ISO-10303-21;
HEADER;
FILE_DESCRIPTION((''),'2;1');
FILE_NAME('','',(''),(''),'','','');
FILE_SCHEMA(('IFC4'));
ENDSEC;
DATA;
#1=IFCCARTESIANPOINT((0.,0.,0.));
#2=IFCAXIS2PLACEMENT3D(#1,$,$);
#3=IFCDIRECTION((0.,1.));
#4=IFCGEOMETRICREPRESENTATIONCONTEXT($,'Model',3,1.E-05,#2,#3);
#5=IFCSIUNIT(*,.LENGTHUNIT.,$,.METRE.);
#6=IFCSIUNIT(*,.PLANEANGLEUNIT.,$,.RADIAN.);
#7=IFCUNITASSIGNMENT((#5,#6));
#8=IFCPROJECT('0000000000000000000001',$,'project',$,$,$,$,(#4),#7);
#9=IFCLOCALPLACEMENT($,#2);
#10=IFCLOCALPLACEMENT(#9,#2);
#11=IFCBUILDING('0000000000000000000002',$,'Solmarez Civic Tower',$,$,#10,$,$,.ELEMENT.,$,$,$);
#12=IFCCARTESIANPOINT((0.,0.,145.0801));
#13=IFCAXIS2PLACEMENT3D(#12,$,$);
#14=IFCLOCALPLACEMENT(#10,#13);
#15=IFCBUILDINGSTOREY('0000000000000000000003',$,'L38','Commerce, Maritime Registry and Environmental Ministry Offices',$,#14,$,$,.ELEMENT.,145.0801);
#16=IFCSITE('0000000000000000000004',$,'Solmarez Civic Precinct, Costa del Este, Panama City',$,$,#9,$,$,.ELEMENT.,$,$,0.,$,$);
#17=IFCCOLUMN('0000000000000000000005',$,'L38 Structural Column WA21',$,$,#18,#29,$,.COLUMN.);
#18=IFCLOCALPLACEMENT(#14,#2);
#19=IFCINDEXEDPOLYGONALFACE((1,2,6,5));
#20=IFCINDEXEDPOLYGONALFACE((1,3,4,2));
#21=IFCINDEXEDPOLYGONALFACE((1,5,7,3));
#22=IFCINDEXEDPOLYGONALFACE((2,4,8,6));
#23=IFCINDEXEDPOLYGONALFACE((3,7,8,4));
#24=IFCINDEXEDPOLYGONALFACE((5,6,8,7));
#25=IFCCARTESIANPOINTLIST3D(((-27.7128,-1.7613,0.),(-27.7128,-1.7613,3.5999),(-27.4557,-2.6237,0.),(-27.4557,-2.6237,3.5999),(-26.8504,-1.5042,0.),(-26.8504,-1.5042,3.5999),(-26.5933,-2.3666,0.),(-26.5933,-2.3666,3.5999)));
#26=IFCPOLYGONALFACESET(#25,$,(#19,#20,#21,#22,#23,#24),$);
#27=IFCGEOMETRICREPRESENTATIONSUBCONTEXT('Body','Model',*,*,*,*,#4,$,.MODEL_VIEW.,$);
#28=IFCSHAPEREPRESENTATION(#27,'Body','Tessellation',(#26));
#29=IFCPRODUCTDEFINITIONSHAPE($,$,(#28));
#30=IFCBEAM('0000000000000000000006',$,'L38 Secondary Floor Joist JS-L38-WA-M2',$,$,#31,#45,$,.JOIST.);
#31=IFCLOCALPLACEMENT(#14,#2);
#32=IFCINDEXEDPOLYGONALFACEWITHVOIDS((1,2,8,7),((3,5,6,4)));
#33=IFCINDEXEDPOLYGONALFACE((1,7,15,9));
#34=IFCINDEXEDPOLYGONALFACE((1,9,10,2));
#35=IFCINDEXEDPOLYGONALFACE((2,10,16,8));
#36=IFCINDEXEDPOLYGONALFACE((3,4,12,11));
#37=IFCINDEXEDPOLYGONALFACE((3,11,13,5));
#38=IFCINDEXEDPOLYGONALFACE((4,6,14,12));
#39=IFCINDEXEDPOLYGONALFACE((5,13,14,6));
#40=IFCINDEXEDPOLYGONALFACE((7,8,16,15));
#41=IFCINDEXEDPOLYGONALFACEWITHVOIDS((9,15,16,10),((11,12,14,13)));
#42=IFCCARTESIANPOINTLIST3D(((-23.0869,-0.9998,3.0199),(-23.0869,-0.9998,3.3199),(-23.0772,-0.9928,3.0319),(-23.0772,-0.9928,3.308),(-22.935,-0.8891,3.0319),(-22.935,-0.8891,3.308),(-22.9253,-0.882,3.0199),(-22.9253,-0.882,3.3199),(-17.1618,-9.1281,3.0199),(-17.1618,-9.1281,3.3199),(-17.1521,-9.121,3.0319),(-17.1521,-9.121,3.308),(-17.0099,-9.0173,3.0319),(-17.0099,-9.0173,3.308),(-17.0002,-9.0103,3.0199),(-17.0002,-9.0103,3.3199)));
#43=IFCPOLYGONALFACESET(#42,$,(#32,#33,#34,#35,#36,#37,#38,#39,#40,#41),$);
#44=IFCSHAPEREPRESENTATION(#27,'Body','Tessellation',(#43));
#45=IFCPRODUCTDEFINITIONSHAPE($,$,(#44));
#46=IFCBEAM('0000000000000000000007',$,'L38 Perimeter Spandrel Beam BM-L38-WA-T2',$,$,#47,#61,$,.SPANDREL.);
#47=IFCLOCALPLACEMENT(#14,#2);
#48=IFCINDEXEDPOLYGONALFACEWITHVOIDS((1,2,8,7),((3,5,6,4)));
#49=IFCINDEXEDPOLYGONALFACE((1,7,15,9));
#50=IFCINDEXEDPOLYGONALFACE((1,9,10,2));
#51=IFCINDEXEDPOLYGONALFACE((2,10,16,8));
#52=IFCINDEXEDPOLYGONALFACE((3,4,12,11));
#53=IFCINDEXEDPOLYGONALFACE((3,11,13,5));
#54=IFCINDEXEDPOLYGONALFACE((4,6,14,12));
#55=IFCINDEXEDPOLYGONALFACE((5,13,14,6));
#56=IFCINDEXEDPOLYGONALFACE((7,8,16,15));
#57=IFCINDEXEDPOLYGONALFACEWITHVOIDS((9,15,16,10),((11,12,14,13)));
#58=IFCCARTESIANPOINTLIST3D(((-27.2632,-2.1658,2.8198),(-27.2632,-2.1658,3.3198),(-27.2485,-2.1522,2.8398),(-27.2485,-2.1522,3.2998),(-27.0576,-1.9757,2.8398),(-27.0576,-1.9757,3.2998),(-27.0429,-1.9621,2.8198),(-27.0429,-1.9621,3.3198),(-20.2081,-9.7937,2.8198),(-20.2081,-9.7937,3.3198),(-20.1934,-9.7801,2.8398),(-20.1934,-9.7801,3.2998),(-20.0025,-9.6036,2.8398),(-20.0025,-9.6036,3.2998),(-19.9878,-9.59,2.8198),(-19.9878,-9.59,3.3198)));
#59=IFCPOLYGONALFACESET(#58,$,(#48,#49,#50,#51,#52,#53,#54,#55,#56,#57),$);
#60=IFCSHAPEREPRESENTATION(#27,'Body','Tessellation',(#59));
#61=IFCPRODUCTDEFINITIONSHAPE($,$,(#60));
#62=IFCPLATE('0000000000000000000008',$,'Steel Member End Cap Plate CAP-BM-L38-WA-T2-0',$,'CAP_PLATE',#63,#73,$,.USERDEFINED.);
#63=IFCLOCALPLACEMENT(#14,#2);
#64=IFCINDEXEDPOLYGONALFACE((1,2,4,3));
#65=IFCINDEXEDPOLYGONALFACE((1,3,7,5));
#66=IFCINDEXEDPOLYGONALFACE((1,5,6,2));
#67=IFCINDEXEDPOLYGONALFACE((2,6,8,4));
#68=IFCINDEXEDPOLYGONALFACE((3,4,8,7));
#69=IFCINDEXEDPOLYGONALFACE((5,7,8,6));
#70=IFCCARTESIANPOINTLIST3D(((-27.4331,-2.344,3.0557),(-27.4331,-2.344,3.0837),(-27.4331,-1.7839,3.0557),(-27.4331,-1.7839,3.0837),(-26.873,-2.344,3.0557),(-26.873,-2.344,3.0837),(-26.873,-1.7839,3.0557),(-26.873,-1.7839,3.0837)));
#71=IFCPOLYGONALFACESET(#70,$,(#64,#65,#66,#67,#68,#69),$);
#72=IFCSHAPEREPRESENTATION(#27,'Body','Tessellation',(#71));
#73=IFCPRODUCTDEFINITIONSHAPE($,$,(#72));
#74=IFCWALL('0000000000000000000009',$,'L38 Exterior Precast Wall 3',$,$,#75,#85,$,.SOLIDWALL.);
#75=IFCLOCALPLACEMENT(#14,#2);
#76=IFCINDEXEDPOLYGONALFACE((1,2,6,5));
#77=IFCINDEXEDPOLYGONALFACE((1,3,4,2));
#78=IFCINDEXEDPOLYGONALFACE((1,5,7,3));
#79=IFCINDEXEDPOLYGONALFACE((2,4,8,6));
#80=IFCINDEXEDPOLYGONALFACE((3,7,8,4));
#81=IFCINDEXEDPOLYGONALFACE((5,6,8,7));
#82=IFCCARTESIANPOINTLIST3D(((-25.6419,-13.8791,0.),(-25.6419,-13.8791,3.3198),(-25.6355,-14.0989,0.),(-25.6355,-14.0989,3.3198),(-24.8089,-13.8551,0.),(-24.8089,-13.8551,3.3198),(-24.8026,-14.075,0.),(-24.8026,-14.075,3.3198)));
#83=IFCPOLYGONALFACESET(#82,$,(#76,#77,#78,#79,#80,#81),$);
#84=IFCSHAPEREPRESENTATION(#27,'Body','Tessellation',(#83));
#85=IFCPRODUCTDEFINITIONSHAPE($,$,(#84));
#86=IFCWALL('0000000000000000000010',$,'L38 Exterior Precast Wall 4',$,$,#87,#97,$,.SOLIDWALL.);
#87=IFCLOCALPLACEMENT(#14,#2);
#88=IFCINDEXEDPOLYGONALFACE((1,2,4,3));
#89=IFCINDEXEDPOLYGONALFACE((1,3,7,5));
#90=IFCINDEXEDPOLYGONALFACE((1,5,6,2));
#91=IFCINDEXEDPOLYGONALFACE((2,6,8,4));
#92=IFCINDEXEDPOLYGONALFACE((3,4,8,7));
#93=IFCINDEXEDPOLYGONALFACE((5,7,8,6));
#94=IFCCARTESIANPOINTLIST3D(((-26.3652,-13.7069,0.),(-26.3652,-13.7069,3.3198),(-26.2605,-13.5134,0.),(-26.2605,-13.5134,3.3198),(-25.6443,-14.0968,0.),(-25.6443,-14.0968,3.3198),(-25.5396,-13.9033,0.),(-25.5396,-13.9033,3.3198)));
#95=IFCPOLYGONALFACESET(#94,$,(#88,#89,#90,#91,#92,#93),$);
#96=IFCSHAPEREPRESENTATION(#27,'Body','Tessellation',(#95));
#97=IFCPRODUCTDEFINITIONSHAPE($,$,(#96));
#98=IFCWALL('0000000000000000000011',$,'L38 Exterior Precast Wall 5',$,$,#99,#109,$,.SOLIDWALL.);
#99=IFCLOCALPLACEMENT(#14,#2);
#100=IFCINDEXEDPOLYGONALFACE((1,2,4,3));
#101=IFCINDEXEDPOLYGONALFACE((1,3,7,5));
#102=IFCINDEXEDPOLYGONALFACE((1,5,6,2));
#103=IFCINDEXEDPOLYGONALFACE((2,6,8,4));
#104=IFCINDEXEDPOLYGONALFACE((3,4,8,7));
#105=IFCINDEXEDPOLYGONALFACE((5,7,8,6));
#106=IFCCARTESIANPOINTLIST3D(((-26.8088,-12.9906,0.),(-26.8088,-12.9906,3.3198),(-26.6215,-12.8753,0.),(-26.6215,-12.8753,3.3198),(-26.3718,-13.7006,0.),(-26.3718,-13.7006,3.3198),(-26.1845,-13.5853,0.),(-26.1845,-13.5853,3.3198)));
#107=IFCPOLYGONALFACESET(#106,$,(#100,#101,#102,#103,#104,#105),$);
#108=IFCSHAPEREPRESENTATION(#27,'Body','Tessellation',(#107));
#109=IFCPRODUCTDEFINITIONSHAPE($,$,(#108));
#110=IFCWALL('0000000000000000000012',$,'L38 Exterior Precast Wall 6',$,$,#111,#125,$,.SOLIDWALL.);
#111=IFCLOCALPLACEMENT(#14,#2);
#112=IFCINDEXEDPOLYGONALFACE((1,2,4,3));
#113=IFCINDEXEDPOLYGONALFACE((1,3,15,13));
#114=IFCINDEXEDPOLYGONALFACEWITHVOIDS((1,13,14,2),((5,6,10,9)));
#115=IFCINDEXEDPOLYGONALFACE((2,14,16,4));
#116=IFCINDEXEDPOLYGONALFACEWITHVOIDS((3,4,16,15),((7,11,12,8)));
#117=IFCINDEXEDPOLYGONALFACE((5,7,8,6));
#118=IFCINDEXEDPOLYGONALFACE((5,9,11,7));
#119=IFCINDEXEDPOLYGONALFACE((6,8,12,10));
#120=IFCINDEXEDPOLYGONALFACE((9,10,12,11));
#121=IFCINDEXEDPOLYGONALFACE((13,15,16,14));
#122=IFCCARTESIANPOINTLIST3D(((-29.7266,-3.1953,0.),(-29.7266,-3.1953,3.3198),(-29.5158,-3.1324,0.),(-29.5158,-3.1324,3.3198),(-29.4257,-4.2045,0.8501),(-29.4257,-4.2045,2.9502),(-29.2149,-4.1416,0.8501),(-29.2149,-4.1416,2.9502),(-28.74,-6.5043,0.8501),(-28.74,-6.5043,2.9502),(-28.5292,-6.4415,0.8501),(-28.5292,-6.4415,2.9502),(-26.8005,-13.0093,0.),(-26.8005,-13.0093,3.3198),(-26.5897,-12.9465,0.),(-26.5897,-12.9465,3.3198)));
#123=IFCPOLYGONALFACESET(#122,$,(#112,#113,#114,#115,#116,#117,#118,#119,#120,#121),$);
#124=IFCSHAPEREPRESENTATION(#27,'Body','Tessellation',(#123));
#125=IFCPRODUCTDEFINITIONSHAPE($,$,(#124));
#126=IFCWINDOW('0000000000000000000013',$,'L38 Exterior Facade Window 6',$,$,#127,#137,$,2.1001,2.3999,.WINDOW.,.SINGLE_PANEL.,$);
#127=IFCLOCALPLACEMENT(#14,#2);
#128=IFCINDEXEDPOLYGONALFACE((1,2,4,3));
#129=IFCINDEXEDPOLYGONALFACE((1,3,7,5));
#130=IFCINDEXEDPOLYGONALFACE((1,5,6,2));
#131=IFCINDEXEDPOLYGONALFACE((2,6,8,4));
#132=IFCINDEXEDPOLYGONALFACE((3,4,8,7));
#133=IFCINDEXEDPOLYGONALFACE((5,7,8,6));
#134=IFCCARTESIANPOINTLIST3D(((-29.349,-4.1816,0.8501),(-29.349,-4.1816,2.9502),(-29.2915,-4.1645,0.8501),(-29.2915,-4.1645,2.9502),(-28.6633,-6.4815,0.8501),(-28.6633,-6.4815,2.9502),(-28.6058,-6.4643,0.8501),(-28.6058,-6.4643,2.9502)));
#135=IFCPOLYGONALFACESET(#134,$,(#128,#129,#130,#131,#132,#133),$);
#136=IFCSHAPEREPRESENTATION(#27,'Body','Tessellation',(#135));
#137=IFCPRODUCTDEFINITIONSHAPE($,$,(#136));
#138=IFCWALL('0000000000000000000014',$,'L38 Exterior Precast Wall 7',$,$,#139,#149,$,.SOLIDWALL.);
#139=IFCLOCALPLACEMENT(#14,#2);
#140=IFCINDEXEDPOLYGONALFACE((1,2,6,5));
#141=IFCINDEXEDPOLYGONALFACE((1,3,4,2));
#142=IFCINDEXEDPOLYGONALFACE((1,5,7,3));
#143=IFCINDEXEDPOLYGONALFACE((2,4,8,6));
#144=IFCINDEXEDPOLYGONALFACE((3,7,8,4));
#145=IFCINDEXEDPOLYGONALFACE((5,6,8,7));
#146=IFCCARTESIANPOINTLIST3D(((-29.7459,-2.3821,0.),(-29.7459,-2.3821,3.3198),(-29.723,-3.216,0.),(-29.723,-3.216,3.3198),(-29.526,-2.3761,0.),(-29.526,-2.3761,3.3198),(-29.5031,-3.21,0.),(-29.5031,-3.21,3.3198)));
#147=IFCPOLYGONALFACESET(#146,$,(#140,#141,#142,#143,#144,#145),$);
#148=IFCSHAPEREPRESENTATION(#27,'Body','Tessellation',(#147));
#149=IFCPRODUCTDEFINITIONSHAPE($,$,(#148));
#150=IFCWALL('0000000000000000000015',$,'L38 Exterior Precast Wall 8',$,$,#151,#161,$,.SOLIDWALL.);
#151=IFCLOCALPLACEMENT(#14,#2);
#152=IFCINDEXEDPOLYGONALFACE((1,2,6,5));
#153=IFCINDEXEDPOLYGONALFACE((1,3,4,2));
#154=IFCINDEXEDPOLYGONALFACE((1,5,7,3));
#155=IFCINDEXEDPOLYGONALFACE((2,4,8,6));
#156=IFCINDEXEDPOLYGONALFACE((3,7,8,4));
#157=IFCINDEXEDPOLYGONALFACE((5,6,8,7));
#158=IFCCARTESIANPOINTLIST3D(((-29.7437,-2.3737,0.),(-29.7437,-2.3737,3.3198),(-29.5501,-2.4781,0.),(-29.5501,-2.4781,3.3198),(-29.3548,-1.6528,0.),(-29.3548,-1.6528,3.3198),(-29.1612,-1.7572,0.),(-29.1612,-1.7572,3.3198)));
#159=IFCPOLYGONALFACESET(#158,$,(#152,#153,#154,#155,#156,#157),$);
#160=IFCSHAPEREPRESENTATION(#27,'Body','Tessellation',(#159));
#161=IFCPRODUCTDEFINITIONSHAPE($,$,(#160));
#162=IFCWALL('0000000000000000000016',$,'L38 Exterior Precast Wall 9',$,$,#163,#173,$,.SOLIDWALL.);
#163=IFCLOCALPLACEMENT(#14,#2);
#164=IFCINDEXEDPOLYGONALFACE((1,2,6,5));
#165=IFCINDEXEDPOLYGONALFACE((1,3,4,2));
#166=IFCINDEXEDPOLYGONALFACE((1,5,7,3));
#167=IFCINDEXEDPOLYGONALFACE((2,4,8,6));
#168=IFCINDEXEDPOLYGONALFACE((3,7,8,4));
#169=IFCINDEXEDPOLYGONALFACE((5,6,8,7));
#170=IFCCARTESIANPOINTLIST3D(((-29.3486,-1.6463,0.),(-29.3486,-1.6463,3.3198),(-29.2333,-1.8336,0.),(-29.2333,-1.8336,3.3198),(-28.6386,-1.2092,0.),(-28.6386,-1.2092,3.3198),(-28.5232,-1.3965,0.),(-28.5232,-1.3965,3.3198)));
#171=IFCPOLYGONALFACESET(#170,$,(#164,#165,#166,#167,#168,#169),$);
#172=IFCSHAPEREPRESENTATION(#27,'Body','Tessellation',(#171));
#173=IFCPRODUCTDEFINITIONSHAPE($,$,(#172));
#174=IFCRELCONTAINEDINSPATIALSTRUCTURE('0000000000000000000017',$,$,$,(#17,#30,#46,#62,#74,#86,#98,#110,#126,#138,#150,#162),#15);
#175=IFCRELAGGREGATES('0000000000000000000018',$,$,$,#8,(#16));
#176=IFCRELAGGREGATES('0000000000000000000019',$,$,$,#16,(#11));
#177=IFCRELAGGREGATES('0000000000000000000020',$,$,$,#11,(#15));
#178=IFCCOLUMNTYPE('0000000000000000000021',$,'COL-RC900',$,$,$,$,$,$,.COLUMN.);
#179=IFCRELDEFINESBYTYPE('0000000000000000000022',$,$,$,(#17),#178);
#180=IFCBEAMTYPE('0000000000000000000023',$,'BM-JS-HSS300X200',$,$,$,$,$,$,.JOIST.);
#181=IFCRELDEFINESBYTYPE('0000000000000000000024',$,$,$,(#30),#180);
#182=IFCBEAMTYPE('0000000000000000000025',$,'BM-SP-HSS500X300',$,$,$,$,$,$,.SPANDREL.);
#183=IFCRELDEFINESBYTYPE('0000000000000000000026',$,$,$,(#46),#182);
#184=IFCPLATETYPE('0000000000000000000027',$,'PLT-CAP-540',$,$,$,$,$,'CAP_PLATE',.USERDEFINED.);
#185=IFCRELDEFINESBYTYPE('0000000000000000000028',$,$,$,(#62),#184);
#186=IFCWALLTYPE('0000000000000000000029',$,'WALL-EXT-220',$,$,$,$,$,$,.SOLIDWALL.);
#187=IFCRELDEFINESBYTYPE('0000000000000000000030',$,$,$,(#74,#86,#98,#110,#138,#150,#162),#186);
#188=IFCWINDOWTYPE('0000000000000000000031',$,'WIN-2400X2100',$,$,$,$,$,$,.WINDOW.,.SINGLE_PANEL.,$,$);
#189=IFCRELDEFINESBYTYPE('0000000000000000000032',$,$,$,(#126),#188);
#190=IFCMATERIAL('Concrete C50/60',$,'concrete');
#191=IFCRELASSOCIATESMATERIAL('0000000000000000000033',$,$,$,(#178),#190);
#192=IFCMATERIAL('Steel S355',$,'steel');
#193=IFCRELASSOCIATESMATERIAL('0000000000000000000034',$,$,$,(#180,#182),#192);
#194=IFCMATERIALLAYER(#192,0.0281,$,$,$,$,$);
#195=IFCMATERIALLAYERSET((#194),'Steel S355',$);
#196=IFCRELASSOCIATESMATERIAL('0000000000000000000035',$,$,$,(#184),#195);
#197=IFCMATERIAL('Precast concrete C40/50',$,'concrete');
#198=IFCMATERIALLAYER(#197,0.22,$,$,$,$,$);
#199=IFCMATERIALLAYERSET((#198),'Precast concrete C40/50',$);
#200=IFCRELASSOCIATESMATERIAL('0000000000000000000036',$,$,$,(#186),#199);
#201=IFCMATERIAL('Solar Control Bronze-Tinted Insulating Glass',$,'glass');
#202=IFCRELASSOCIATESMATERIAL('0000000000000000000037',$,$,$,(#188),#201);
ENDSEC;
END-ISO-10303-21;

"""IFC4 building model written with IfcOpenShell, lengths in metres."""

from ifc_helpers import new_model, si_unit, direction, frame, frame_2d, origin, origin_2d, place, context, subcontext, project, spatial, rectangle, hollow_rectangle, extrude, material, layer, layer_set, material_profile, profile_set, type_object, element, fill, save


model = new_model("IFC4")

# Units and contexts
model_context = context("Model", 3, precision=1e-05, world=origin(), true_north=direction((0.0, 1.0)))
body_context = subcontext(model_context, "Body", "Model", "MODEL_VIEW")
ifc_project = project(units=[si_unit("LENGTHUNIT", "METRE"), si_unit("PLANEANGLEUNIT", "RADIAN")], contexts=[model_context])

# Site, building, storey
site_placement = place(None, origin())
site = spatial("IfcSite", under=ifc_project, at=site_placement, Name="Solmarez Civic Precinct, Costa del Este, Panama City", CompositionType="ELEMENT", RefElevation=0.0)
building_placement = place(site_placement, origin())
building = spatial("IfcBuilding", under=site, at=building_placement, Name="Solmarez Civic Tower", CompositionType="ELEMENT")
storey_placement = place(building_placement, frame((0.0, 0.0, 145.0801)))
storey = spatial("IfcBuildingStorey", under=building, at=storey_placement, Name="L38", Description="Commerce, Maritime Registry and Environmental Ministry Offices", CompositionType="ELEMENT", Elevation=145.0801)

# Column
ifc_material_1 = material(Name="Concrete C50/60", Category="concrete")
ifc_material_profile_1 = material_profile(ifc_material_1, rectangle(XDim=0.8999, YDim=0.8999, at=origin_2d()), Name="RC900X900")
ifc_profile_set_1 = profile_set([ifc_material_profile_1], Name="Concrete C50/60")
column_type = type_object("IfcColumnType", Name="COL-RC900", PredefinedType="COLUMN", material=ifc_profile_set_1)
column_placement = place(storey_placement, frame((-27.1531, -2.064, 0.0), z_axis=(0.0, 0.0, 1.0), x_axis=(0.958323, 0.285688, 0.0)))
element("IfcColumn", 1, at=column_placement, inside=storey, type_object=column_type, Name="L38 Structural Column WA21", PredefinedType="COLUMN", context=body_context, shape_type="SweptSolid", body=[
    extrude(rectangle(XDim=0.8999, YDim=0.8999, at=origin_2d()), origin(), (0.0, 0.0, 1.0), 3.5999),
])

# Beams
ifc_material_2 = material(Name="Steel S355", Category="steel")
ifc_material_profile_2 = material_profile(ifc_material_2, hollow_rectangle(XDim=0.2, YDim=0.3, WallThickness=0.012, at=origin_2d()), Name="HSS300X200X12")
ifc_profile_set_2 = profile_set([ifc_material_profile_2], Name="Steel S355")
beam_type_1 = type_object("IfcBeamType", Name="BM-JS-HSS300X200", PredefinedType="JOIST", material=ifc_profile_set_2)
beam_1_placement = place(storey_placement, frame((-23.0061, -0.9409, 3.1699), z_axis=(0.589059, -0.80809, 0.0), x_axis=(0.80809, 0.589059, 0.0)))
element("IfcBeam", 2, at=beam_1_placement, inside=storey, type_object=beam_type_1, Name="L38 Secondary Floor Joist JS-L38-WA-M2", PredefinedType="JOIST", context=body_context, shape_type="SweptSolid", body=[
    extrude(hollow_rectangle(XDim=0.2, YDim=0.3, WallThickness=0.012, at=origin_2d()), origin(), (0.0, 0.0, 1.0), 10.0586),
])
ifc_material_profile_3 = material_profile(ifc_material_2, hollow_rectangle(XDim=0.3, YDim=0.5, WallThickness=0.02, at=origin_2d()), Name="HSS500X300X20")
ifc_profile_set_3 = profile_set([ifc_material_profile_3], Name="Steel S355")
beam_type_2 = type_object("IfcBeamType", Name="BM-SP-HSS500X300", PredefinedType="SPANDREL", material=ifc_profile_set_3)
beam_2_placement = place(storey_placement, frame((-27.1531, -2.064, 3.0698), z_axis=(0.679008, -0.734131, 0.0), x_axis=(0.734131, 0.679008, 0.0)))
element("IfcBeam", 3, at=beam_2_placement, inside=storey, type_object=beam_type_2, Name="L38 Perimeter Spandrel Beam BM-L38-WA-T2", PredefinedType="SPANDREL", context=body_context, shape_type="SweptSolid", body=[
    extrude(hollow_rectangle(XDim=0.3, YDim=0.5, WallThickness=0.02, at=origin_2d()), origin(), (0.0, 0.0, 1.0), 10.3904),
])

# Plate
ifc_layer_1 = layer(ifc_material_2, 0.0281)
ifc_layer_set_1 = layer_set([ifc_layer_1], Name="Steel S355")
plate_type = type_object("IfcPlateType", Name="PLT-CAP-540", ElementType="CAP_PLATE", PredefinedType="USERDEFINED", material=ifc_layer_set_1)
plate_placement = place(storey_placement, frame((-27.1531, -2.064, 3.0557), z_axis=(0.0, 0.0, 1.0), x_axis=(1.0, 0.0, 0.0)))
element("IfcPlate", 4, at=plate_placement, inside=storey, type_object=plate_type, Name="Steel Member End Cap Plate CAP-BM-L38-WA-T2-0", ObjectType="CAP_PLATE", PredefinedType="USERDEFINED", context=body_context, shape_type="SweptSolid", body=[
    extrude(rectangle(XDim=0.5601, YDim=0.5601, at=origin_2d()), origin(), (0.0, 0.0, 1.0), 0.0281),
])

# Walls
ifc_material_3 = material(Name="Precast concrete C40/50", Category="concrete")
ifc_layer_2 = layer(ifc_material_3, 0.22)
ifc_layer_set_2 = layer_set([ifc_layer_2], Name="Precast concrete C40/50")
wall_type = type_object("IfcWallType", Name="WALL-EXT-220", PredefinedType="SOLIDWALL", material=ifc_layer_set_2)
wall_1_placement = place(storey_placement, frame((-24.8059, -13.9651, 0.0), z_axis=(0.0, 0.0, 1.0), x_axis=(-0.999588, -0.02871, 0.0)))
element("IfcWall", 5, at=wall_1_placement, inside=storey, type_object=wall_type, Name="L38 Exterior Precast Wall 3", PredefinedType="SOLIDWALL", context=body_context, shape_type="SweptSolid", body=[
    extrude(rectangle(XDim=0.8333, YDim=0.22, at=frame_2d((0.4165, 0.0))), origin(), (0.0, 0.0, 1.0), 3.3198),
])
wall_2_placement = place(storey_placement, frame((-25.592, -14.0, 0.0), z_axis=(0.0, 0.0, 1.0), x_axis=(-0.879609, 0.475698, 0.0)))
element("IfcWall", 6, at=wall_2_placement, inside=storey, type_object=wall_type, Name="L38 Exterior Precast Wall 4", PredefinedType="SOLIDWALL", context=body_context, shape_type="SweptSolid", body=[
    extrude(rectangle(XDim=0.8196, YDim=0.22, at=frame_2d((0.4097, 0.0))), origin(), (0.0, 0.0, 1.0), 3.3198),
])
wall_3_placement = place(storey_placement, frame((-26.2781, -13.6431, 0.0), z_axis=(0.0, 0.0, 1.0), x_axis=(-0.524195, 0.851598, 0.0)))
element("IfcWall", 7, at=wall_3_placement, inside=storey, type_object=wall_type, Name="L38 Exterior Precast Wall 5", PredefinedType="SOLIDWALL", context=body_context, shape_type="SweptSolid", body=[
    extrude(rectangle(XDim=0.8337, YDim=0.22, at=frame_2d((0.417, 0.0))), origin(), (0.0, 0.0, 1.0), 3.3198),
])

# Wall, opening, window
wall_4_placement = place(storey_placement, frame((-26.6951, -12.978, 0.0), z_axis=(0.0, 0.0, 1.0), x_axis=(-0.28572, 0.958313, 0.0)))
wall_4 = element("IfcWall", 8, at=wall_4_placement, inside=storey, type_object=wall_type, Name="L38 Exterior Precast Wall 6", PredefinedType="SOLIDWALL", context=body_context, shape_type="SweptSolid", body=[
    extrude(rectangle(XDim=10.241, YDim=0.22, at=frame_2d((5.1206, 0.0))), origin(), (0.0, 0.0, 1.0), 3.3198),
])
opening_1_placement = place(wall_4_placement, frame((6.7881, 0.0, 0.8501)))
opening_1 = element("IfcOpeningElement", 9, at=opening_1_placement, cuts=wall_4, PredefinedType="OPENING", context=body_context, shape_type="SweptSolid", body=[
    extrude(rectangle(XDim=2.3999, YDim=2.1001, at=frame_2d((1.2, 1.05))), frame((0.0, 0.1199, 0.0), z_axis=(0.0, -1.0, 0.0), x_axis=(1.0, 0.0, 0.0)), (0.0, 0.0, 1.0), 0.24),
])
ifc_material_4 = material(Name="Solar Control Bronze-Tinted Insulating Glass", Category="glass")
window_type_1 = type_object("IfcWindowType", Name="WIN-2400X2100", PartitioningType="SINGLE_PANEL", PredefinedType="WINDOW", material=ifc_material_4)
window_1_placement = place(opening_1_placement, origin())
window_1 = element("IfcWindow", 10, at=window_1_placement, inside=storey, type_object=window_type_1, Name="L38 Exterior Facade Window 6", OverallHeight=2.1001, OverallWidth=2.3999, PartitioningType="SINGLE_PANEL", PredefinedType="WINDOW", context=body_context, shape_type="SweptSolid", body=[
    extrude(rectangle(XDim=2.3999, YDim=2.1001, at=frame_2d((1.2, 1.05))), frame((0.0, 0.03, 0.0), z_axis=(0.0, -1.0, 0.0), x_axis=(1.0, 0.0, 0.0)), (0.0, 0.0, 1.0), 0.0601),
])
fill(opening_1, window_1)

# Walls
wall_5_placement = place(storey_placement, frame((-29.613, -3.2129, 0.0), z_axis=(0.0, 0.0, 1.0), x_axis=(-0.027507, 0.999622, 0.0)))
element("IfcWall", 11, at=wall_5_placement, inside=storey, type_object=wall_type, Name="L38 Exterior Precast Wall 7", PredefinedType="SOLIDWALL", context=body_context, shape_type="SweptSolid", body=[
    extrude(rectangle(XDim=0.8342, YDim=0.22, at=frame_2d((0.417, 0.0))), origin(), (0.0, 0.0, 1.0), 3.3198),
])
wall_6_placement = place(storey_placement, frame((-29.647, -2.426, 0.0), z_axis=(0.0, 0.0, 1.0), x_axis=(0.474775, 0.880107, 0.0)))
element("IfcWall", 12, at=wall_6_placement, inside=storey, type_object=wall_type, Name="L38 Exterior Precast Wall 8", PredefinedType="SOLIDWALL", context=body_context, shape_type="SweptSolid", body=[
    extrude(rectangle(XDim=0.8191, YDim=0.22, at=frame_2d((0.4097, 0.0))), origin(), (0.0, 0.0, 1.0), 3.3198),
])
wall_7_placement = place(storey_placement, frame((-29.291, -1.74, 0.0), z_axis=(0.0, 0.0, 1.0), x_axis=(0.851598, 0.524195, 0.0)))
element("IfcWall", 13, at=wall_7_placement, inside=storey, type_object=wall_type, Name="L38 Exterior Precast Wall 9", PredefinedType="SOLIDWALL", context=body_context, shape_type="SweptSolid", body=[
    extrude(rectangle(XDim=0.8337, YDim=0.22, at=frame_2d((0.417, 0.0))), origin(), (0.0, 0.0, 1.0), 3.3198),
])

save(model, "model.ifc")
